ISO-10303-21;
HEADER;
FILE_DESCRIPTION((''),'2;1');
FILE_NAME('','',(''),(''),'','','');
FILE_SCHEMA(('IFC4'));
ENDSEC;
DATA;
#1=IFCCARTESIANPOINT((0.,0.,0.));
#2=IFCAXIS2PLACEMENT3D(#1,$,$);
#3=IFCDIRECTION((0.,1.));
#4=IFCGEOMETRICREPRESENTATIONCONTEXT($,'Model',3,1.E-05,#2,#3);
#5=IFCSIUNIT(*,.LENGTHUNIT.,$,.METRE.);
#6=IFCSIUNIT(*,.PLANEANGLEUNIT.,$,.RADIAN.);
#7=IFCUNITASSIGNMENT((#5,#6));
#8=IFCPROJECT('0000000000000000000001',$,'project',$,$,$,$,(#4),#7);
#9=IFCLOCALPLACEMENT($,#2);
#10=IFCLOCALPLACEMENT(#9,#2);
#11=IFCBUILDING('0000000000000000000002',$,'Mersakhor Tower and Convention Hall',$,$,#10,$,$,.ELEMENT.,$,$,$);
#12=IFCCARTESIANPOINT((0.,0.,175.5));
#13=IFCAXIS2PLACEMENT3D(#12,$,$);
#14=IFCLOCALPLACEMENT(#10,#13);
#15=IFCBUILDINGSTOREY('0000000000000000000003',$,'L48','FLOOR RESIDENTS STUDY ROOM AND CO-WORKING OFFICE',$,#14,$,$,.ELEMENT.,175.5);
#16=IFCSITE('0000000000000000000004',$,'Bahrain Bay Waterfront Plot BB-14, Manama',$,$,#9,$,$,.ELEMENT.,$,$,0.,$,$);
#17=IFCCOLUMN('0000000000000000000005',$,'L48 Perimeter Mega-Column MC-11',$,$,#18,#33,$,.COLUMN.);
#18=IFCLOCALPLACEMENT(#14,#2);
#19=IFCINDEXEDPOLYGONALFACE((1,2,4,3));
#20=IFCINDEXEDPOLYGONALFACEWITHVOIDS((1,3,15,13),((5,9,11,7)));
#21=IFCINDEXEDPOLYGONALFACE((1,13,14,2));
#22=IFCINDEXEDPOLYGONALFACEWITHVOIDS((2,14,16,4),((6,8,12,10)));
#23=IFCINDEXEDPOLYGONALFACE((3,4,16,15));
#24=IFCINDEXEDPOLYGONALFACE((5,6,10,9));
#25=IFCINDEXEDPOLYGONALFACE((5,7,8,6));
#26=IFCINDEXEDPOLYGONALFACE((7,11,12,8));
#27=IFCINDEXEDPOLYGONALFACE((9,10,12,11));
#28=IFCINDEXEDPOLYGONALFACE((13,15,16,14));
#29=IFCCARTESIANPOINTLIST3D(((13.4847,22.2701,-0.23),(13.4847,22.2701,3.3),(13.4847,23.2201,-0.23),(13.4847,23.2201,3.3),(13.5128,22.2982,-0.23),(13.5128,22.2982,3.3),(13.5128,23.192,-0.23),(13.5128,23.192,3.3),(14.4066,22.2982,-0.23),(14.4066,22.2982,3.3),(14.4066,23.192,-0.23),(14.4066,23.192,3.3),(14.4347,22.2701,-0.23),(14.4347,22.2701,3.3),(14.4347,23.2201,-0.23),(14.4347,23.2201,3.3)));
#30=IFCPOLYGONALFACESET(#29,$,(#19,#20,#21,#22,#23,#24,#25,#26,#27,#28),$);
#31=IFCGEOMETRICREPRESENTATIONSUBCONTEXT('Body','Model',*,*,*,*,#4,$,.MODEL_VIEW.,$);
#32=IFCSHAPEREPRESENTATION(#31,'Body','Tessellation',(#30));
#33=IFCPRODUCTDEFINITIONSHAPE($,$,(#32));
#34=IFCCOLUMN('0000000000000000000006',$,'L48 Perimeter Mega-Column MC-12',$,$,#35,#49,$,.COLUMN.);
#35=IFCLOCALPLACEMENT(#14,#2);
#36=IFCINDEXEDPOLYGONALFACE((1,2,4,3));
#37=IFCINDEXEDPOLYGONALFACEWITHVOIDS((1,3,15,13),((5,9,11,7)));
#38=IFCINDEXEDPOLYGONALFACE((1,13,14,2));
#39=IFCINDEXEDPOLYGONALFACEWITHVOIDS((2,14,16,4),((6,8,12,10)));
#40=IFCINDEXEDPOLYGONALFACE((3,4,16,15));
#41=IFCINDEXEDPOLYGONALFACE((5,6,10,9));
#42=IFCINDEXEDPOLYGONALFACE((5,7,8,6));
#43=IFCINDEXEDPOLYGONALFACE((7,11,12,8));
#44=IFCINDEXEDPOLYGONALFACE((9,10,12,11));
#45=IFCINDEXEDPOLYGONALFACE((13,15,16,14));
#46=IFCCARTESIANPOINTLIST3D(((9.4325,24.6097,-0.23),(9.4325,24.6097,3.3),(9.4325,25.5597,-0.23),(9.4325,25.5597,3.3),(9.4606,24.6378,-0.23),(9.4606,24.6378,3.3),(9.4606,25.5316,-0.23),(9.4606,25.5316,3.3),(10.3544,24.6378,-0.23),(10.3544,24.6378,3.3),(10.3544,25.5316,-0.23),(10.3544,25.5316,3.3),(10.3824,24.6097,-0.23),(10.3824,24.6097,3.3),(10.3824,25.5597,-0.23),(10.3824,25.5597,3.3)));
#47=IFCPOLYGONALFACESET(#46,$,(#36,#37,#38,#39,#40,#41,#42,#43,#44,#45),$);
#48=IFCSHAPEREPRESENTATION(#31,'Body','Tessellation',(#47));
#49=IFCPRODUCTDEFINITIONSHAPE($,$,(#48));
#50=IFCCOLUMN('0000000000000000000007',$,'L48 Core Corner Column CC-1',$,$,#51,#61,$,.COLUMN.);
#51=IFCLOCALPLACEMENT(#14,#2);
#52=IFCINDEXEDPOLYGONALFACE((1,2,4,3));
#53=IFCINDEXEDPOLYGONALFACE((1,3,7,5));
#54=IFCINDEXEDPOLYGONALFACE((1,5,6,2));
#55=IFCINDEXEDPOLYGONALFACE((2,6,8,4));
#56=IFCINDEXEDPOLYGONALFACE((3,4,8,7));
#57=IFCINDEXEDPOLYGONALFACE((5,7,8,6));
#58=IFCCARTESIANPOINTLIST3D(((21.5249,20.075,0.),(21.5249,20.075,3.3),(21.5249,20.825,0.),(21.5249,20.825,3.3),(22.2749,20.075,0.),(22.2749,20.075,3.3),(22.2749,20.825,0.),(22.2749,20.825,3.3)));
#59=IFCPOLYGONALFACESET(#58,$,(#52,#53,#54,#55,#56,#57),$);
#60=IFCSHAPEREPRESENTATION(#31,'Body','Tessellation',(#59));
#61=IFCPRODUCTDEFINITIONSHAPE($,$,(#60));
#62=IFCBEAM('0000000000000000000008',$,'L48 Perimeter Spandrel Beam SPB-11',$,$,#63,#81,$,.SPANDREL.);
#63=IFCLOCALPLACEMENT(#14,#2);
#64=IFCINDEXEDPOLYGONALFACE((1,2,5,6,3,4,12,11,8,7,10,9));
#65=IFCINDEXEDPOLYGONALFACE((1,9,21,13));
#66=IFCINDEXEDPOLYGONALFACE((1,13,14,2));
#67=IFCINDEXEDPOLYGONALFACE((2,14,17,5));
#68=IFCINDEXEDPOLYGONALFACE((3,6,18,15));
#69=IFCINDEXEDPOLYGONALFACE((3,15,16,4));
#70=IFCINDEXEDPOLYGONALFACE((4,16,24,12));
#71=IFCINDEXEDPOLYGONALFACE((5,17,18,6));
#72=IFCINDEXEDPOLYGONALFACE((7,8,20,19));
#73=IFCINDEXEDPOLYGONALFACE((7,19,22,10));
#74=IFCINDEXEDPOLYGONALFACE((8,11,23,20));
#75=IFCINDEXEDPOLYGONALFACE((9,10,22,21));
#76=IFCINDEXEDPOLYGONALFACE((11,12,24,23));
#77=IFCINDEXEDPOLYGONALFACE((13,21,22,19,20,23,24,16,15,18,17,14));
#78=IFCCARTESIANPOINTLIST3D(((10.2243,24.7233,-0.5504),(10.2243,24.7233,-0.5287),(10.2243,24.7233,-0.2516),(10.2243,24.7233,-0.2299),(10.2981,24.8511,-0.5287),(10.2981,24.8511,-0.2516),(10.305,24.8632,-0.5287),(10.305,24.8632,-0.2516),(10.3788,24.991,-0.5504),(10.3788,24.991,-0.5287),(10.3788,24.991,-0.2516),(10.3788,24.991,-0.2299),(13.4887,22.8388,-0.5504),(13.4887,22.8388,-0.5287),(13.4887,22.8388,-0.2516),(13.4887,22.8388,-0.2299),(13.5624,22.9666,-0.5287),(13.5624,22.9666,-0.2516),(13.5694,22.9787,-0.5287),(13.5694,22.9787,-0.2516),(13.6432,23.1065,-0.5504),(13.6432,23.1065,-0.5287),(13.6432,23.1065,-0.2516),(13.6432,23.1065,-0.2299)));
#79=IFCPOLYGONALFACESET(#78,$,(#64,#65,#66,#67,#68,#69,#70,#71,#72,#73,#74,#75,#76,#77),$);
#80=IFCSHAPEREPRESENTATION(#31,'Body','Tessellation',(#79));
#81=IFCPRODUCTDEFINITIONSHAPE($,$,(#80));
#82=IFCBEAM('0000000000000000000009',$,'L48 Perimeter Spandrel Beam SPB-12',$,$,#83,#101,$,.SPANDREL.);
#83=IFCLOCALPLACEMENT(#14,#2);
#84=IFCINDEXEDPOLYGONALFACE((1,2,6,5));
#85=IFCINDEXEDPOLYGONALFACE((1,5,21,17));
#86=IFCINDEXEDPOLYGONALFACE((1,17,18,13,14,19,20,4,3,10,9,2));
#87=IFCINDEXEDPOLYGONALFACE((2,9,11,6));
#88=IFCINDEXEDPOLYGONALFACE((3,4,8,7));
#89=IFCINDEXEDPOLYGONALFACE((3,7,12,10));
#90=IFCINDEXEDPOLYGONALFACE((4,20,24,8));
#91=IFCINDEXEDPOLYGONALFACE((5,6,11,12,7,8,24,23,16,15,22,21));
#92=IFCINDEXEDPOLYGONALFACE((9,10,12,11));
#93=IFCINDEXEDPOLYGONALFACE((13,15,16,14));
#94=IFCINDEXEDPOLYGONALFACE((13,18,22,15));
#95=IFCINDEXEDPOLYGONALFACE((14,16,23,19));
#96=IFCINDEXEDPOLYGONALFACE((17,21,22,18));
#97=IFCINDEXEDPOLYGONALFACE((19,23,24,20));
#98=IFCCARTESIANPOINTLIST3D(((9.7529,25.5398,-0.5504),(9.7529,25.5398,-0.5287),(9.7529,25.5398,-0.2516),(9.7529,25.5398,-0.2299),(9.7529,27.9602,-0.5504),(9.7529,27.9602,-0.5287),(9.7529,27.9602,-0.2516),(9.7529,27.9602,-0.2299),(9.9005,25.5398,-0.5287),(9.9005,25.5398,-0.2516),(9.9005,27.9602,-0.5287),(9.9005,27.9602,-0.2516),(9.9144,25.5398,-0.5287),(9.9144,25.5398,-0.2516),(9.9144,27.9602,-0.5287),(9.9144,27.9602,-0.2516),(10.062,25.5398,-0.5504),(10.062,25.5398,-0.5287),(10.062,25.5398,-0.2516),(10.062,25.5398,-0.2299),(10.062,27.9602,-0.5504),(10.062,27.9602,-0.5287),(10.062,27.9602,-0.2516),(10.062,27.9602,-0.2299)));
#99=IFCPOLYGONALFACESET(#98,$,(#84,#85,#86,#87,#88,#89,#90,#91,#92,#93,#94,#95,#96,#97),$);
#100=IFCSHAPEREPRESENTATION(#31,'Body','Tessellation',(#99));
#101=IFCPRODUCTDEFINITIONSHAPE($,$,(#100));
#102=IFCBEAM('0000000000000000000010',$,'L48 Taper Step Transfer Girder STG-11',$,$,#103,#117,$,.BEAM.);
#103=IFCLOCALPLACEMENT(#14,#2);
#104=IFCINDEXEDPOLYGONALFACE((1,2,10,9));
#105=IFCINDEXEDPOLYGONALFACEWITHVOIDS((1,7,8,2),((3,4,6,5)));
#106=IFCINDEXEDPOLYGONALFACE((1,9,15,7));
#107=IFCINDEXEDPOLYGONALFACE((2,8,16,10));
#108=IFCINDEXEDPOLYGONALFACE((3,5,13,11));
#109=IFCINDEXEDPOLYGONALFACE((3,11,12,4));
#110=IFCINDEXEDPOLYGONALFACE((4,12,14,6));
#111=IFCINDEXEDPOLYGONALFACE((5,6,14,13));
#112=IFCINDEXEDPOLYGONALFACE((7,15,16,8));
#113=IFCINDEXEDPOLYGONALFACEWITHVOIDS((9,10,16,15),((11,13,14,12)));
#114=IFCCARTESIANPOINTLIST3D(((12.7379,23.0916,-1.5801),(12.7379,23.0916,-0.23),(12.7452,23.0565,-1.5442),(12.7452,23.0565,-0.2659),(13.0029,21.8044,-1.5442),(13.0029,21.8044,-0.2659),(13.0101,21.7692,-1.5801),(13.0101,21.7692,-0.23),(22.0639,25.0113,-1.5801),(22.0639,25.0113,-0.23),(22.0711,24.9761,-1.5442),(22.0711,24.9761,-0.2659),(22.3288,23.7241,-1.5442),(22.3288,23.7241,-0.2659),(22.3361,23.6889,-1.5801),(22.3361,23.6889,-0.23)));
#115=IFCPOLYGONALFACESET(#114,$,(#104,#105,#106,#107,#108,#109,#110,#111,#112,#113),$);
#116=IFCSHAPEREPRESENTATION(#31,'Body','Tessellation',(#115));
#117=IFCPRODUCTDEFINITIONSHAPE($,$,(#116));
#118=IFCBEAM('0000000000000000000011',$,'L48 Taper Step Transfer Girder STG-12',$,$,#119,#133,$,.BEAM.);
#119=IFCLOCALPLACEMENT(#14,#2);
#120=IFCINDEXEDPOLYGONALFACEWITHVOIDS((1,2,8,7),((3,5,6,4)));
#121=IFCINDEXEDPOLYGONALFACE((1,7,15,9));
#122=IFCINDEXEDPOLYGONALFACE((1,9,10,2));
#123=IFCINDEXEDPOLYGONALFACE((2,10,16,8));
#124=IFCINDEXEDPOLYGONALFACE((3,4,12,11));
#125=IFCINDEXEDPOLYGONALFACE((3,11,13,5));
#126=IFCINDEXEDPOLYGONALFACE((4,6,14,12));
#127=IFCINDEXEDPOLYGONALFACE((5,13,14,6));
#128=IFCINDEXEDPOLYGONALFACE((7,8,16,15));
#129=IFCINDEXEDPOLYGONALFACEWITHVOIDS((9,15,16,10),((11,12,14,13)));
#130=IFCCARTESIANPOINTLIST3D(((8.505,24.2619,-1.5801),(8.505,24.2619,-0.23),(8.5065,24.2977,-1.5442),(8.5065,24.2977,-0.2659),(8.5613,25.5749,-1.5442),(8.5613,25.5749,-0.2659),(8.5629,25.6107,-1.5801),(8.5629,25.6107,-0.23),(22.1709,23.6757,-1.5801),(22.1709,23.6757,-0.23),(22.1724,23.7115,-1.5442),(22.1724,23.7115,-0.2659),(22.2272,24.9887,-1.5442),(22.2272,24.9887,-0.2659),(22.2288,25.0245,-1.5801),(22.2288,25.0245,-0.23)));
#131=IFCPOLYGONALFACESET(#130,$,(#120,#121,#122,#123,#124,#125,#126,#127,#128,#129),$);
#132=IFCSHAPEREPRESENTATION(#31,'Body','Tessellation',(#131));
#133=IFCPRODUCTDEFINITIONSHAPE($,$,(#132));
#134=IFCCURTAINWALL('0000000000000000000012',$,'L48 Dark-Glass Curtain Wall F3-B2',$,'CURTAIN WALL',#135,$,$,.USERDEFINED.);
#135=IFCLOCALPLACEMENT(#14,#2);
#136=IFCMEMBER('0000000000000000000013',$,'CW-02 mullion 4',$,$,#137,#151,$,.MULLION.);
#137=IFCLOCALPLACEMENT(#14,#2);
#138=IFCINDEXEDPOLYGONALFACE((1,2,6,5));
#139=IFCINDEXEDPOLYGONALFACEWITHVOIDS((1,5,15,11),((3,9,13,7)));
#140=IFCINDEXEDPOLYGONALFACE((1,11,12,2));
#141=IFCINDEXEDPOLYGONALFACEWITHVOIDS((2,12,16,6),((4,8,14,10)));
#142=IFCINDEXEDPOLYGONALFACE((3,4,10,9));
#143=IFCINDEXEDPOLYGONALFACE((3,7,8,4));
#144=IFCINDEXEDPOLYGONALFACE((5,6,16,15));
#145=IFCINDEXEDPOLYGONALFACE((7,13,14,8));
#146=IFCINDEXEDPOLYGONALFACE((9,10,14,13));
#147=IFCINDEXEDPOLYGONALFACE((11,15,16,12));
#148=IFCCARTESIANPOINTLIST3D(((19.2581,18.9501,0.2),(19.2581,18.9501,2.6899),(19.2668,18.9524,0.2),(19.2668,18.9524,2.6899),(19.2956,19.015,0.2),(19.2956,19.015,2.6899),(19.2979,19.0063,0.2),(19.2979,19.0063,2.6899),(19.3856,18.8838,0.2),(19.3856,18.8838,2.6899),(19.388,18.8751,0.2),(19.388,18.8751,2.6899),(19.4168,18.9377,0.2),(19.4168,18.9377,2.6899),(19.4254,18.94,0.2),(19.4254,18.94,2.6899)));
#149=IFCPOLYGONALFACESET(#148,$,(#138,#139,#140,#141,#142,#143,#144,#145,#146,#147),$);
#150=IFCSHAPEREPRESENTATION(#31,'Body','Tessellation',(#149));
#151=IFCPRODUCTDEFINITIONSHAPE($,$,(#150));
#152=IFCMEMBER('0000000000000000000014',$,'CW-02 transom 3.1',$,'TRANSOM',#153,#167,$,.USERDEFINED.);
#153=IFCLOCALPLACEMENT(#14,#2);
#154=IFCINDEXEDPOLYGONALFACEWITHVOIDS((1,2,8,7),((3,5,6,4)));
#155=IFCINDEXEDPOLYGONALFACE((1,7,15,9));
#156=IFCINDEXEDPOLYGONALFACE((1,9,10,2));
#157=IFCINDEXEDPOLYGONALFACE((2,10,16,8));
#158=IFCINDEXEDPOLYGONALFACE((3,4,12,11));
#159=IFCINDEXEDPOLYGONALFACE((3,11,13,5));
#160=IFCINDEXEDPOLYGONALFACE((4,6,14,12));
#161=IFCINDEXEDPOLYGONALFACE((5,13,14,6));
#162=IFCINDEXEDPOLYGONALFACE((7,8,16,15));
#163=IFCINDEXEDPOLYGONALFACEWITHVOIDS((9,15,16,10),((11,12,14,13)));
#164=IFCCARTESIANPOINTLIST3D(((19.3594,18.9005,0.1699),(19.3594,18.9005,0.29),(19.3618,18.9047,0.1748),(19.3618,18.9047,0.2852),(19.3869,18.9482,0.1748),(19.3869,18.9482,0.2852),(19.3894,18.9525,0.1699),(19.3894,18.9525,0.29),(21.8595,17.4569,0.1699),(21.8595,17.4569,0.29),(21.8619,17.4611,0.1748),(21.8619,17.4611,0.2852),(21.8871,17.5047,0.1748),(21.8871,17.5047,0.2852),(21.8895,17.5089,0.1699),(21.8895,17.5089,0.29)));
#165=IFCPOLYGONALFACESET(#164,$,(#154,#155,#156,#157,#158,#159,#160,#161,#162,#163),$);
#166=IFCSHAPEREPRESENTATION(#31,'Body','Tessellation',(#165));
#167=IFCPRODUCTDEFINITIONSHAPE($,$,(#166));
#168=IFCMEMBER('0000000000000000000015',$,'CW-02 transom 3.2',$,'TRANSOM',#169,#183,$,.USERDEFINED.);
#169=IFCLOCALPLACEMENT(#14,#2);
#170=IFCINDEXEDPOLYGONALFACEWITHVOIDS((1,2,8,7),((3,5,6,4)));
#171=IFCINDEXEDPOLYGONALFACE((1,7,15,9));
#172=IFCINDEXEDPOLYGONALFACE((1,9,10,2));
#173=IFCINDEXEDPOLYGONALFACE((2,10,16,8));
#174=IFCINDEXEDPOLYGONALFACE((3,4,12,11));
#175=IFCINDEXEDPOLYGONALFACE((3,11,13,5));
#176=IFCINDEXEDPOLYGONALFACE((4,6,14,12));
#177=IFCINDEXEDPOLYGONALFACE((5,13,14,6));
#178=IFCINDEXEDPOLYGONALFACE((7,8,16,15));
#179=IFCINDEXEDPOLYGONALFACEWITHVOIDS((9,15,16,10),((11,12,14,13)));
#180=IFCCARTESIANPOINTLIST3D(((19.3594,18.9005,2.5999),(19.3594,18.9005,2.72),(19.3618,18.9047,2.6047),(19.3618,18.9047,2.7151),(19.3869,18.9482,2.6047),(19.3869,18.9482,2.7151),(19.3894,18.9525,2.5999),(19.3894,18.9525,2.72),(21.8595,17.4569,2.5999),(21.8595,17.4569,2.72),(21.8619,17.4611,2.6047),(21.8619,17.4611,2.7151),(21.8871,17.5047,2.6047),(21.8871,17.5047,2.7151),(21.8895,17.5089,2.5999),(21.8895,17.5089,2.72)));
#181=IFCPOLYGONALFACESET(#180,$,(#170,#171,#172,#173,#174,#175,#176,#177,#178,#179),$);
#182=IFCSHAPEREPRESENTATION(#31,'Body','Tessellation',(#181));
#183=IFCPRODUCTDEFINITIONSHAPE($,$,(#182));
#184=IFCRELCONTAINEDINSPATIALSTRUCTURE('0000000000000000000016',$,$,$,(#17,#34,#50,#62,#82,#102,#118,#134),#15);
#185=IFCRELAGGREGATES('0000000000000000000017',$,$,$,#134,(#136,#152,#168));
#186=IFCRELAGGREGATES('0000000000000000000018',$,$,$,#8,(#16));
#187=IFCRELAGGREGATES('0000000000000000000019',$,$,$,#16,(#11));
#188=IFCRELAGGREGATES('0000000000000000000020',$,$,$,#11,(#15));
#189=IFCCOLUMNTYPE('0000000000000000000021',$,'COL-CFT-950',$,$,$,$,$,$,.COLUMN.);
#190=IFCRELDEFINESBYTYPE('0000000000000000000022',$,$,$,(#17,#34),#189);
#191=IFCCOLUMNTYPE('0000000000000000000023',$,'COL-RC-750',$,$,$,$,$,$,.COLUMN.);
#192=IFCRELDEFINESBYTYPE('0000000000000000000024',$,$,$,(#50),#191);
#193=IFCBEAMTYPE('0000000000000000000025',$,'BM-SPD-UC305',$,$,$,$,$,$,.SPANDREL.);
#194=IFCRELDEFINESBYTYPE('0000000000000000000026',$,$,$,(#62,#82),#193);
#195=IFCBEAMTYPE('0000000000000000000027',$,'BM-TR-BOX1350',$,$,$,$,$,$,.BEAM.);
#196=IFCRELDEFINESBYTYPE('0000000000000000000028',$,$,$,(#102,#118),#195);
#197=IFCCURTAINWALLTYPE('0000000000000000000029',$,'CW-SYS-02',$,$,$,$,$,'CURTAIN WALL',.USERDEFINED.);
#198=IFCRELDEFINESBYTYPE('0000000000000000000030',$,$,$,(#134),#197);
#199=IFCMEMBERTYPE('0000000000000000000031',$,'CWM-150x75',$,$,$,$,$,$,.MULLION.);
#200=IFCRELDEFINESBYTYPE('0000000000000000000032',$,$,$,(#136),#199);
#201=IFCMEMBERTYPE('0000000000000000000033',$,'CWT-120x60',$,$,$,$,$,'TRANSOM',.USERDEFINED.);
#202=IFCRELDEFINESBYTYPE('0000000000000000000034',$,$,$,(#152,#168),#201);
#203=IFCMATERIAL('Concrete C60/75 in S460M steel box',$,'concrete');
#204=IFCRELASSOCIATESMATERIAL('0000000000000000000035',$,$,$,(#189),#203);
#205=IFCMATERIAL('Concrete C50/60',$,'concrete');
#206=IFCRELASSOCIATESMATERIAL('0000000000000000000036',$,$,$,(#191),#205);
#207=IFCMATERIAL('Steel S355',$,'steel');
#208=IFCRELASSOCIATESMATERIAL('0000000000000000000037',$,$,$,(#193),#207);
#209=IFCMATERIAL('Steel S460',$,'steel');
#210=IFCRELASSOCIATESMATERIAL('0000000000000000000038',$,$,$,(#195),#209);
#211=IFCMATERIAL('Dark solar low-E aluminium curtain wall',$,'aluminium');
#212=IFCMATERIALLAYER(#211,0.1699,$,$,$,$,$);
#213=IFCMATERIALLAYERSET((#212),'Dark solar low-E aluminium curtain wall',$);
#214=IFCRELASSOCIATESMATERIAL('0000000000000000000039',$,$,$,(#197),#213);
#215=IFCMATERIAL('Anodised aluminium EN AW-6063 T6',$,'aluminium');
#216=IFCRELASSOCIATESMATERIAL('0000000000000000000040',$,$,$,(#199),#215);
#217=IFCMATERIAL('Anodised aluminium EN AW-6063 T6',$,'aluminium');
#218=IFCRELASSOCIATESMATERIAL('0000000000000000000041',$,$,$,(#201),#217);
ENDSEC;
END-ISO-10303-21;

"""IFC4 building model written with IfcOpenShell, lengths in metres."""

from ifc_helpers import new_model, si_unit, direction, frame, origin, origin_2d, place, context, subcontext, project, spatial, rectangle, hollow_rectangle, i_section, extrude, material, layer, layer_set, material_profile, profile_set, type_object, element, aggregate, save


model = new_model("IFC4")

# Units and contexts
model_context = context("Model", 3, precision=1e-05, world=origin(), true_north=direction((0.0, 1.0)))
body_context = subcontext(model_context, "Body", "Model", "MODEL_VIEW")
ifc_project = project(units=[si_unit("LENGTHUNIT", "METRE"), si_unit("PLANEANGLEUNIT", "RADIAN")], contexts=[model_context])

# Site, building, storey
site_placement = place(None, origin())
site = spatial("IfcSite", under=ifc_project, at=site_placement, Name="Bahrain Bay Waterfront Plot BB-14, Manama", CompositionType="ELEMENT", RefElevation=0.0)
building_placement = place(site_placement, origin())
building = spatial("IfcBuilding", under=site, at=building_placement, Name="Mersakhor Tower and Convention Hall", CompositionType="ELEMENT")
storey_placement = place(building_placement, frame((0.0, 0.0, 175.5)))
storey = spatial("IfcBuildingStorey", under=building, at=storey_placement, Name="L48", Description="FLOOR RESIDENTS STUDY ROOM AND CO-WORKING OFFICE", CompositionType="ELEMENT", Elevation=175.5)

# Columns
ifc_material_1 = material(Name="Concrete C60/75 in S460M steel box", Category="concrete")
ifc_material_profile_1 = material_profile(ifc_material_1, hollow_rectangle(XDim=0.95, YDim=0.95, WallThickness=0.0281, at=origin_2d()), Name="SHS 950x950x28")
ifc_profile_set_1 = profile_set([ifc_material_profile_1], Name="Concrete C60/75 in S460M steel box")
column_type_1 = type_object("IfcColumnType", Name="COL-CFT-950", PredefinedType="COLUMN", material=ifc_profile_set_1)
for number, where, z_axis, x_axis, name in (
    (1, (13.9597, 22.7451, -0.23), (0.0, 0.0, 1.0), (1.0, 0.0, 0.0), "L48 Perimeter Mega-Column MC-11"),
    (2, (9.9075, 25.0847, -0.23), (0.0, 0.0, 1.0), (1.0, 0.0, 0.0), "L48 Perimeter Mega-Column MC-12"),
):
    element("IfcColumn", number, at=place(storey_placement, frame(where, z_axis=z_axis, x_axis=x_axis)), inside=storey, type_object=column_type_1, Name=name, PredefinedType="COLUMN", context=body_context, shape_type="SweptSolid", body=[
        extrude(hollow_rectangle(XDim=0.95, YDim=0.95, WallThickness=0.0281, at=origin_2d()), origin(), (0.0, 0.0, 1.0), 3.53),
    ])
ifc_material_2 = material(Name="Concrete C50/60", Category="concrete")
ifc_material_profile_2 = material_profile(ifc_material_2, rectangle(XDim=0.75, YDim=0.75, at=origin_2d()), Name="RC 750x750")
ifc_profile_set_2 = profile_set([ifc_material_profile_2], Name="Concrete C50/60")
column_type_2 = type_object("IfcColumnType", Name="COL-RC-750", PredefinedType="COLUMN", material=ifc_profile_set_2)
column_placement = place(storey_placement, frame((21.8999, 20.45, 0.0), z_axis=(0.0, 0.0, 1.0), x_axis=(1.0, 0.0, 0.0)))
element("IfcColumn", 3, at=column_placement, inside=storey, type_object=column_type_2, Name="L48 Core Corner Column CC-1", PredefinedType="COLUMN", context=body_context, shape_type="SweptSolid", body=[
    extrude(rectangle(XDim=0.75, YDim=0.75, at=origin_2d()), origin(), (0.0, 0.0, 1.0), 3.3),
])

# Beams
ifc_material_3 = material(Name="Steel S355", Category="steel")
ifc_material_profile_3 = material_profile(ifc_material_3, i_section(OverallWidth=0.3091, OverallDepth=0.3206, WebThickness=0.0139, FlangeThickness=0.0217, at=origin_2d()), Name="UC 305x305x137")
ifc_profile_set_3 = profile_set([ifc_material_profile_3], Name="Steel S355")
beam_type_1 = type_object("IfcBeamType", Name="BM-SPD-UC305", PredefinedType="SPANDREL", material=ifc_profile_set_3)
beam_1_placement = place(storey_placement, frame((13.5659, 22.9727, -0.3901), z_axis=(-0.866046, 0.499964, 0.0), x_axis=(-0.499964, -0.866046, 0.0)))
element("IfcBeam", 4, at=beam_1_placement, inside=storey, type_object=beam_type_1, Name="L48 Perimeter Spandrel Beam SPB-11", PredefinedType="SPANDREL", context=body_context, shape_type="SweptSolid", body=[
    extrude(i_section(OverallWidth=0.3091, OverallDepth=0.3206, WebThickness=0.0139, FlangeThickness=0.0217, at=origin_2d()), origin(), (0.0, 0.0, 1.0), 3.7693),
])
beam_2_placement = place(storey_placement, frame((9.9075, 25.5398, -0.3901), z_axis=(0.0, 1.0, 0.0), x_axis=(-1.0, 0.0, 0.0)))
element("IfcBeam", 5, at=beam_2_placement, inside=storey, type_object=beam_type_1, Name="L48 Perimeter Spandrel Beam SPB-12", PredefinedType="SPANDREL", context=body_context, shape_type="SweptSolid", body=[
    extrude(i_section(OverallWidth=0.3091, OverallDepth=0.3206, WebThickness=0.0139, FlangeThickness=0.0217, at=origin_2d()), origin(), (0.0, 0.0, 1.0), 2.4204),
])
ifc_material_4 = material(Name="Steel S460", Category="steel")
ifc_material_profile_4 = material_profile(ifc_material_4, hollow_rectangle(XDim=1.3501, YDim=1.3501, WallThickness=0.0359, at=origin_2d()), Name="SHS 1350x1350x36")
ifc_profile_set_4 = profile_set([ifc_material_profile_4], Name="Steel S460")
beam_type_2 = type_object("IfcBeamType", Name="BM-TR-BOX1350", PredefinedType="BEAM", material=ifc_profile_set_4)
beam_3_placement = place(storey_placement, frame((12.874, 22.4304, -0.905), z_axis=(0.979465, 0.201616, 0.0), x_axis=(-0.201616, 0.979465, 0.0)))
element("IfcBeam", 6, at=beam_3_placement, inside=storey, type_object=beam_type_2, Name="L48 Taper Step Transfer Girder STG-11", PredefinedType="BEAM", context=body_context, shape_type="SweptSolid", body=[
    extrude(hollow_rectangle(XDim=1.3501, YDim=1.3501, WallThickness=0.0359, at=origin_2d()), origin(), (0.0, 0.0, 1.0), 9.5215),
])
beam_4_placement = place(storey_placement, frame((8.5339, 24.9363, -0.905), z_axis=(0.999081, -0.042854, 0.0), x_axis=(0.042854, 0.999081, 0.0)))
element("IfcBeam", 7, at=beam_4_placement, inside=storey, type_object=beam_type_2, Name="L48 Taper Step Transfer Girder STG-12", PredefinedType="BEAM", context=body_context, shape_type="SweptSolid", body=[
    extrude(hollow_rectangle(XDim=1.3501, YDim=1.3501, WallThickness=0.0359, at=origin_2d()), origin(), (0.0, 0.0, 1.0), 13.6785),
])

# Curtain wall, members
ifc_material_5 = material(Name="Dark solar low-E aluminium curtain wall", Category="aluminium")
ifc_layer_1 = layer(ifc_material_5, 0.1699)
ifc_layer_set_1 = layer_set([ifc_layer_1], Name="Dark solar low-E aluminium curtain wall")
curtain_wall_type = type_object("IfcCurtainWallType", Name="CW-SYS-02", ElementType="CURTAIN WALL", PredefinedType="USERDEFINED", material=ifc_layer_set_1)
curtain_wall_placement = place(storey_placement, origin())
curtain_wall = element("IfcCurtainWall", 8, at=curtain_wall_placement, inside=storey, type_object=curtain_wall_type, Name="L48 Dark-Glass Curtain Wall F3-B2", ObjectType="CURTAIN WALL", PredefinedType="USERDEFINED")
ifc_material_6 = material(Name="Anodised aluminium EN AW-6063 T6", Category="aluminium")
ifc_material_profile_5 = material_profile(ifc_material_6, hollow_rectangle(XDim=0.075, YDim=0.1499, WallThickness=0.0063, at=origin_2d()), Name="RHS 150x75x6.3")
ifc_profile_set_5 = profile_set([ifc_material_profile_5], Name="Anodised aluminium EN AW-6063 T6")
member_type_1 = type_object("IfcMemberType", Name="CWM-150x75", PredefinedType="MULLION", material=ifc_profile_set_5)
member_1_placement = place(storey_placement, frame((19.3418, 18.9451, 0.2), z_axis=(0.0, 0.0, 1.0), x_axis=(-0.500008, -0.866021, 0.0)))
member_1 = element("IfcMember", 9, at=member_1_placement, type_object=member_type_1, Name="CW-02 mullion 4", PredefinedType="MULLION", context=body_context, shape_type="SweptSolid", body=[
    extrude(hollow_rectangle(XDim=0.075, YDim=0.1499, WallThickness=0.0063, at=origin_2d()), origin(), (0.0, 0.0, 1.0), 2.49),
])
ifc_material_7 = material(Name="Anodised aluminium EN AW-6063 T6", Category="aluminium")
ifc_material_profile_6 = material_profile(ifc_material_7, hollow_rectangle(XDim=0.0601, YDim=0.1201, WallThickness=0.0049, at=origin_2d()), Name="RHS 120x60x5")
ifc_profile_set_6 = profile_set([ifc_material_profile_6], Name="Anodised aluminium EN AW-6063 T6")
member_type_2 = type_object("IfcMemberType", Name="CWT-120x60", ElementType="TRANSOM", PredefinedType="USERDEFINED", material=ifc_profile_set_6)
member_2_placement = place(storey_placement, frame((21.8745, 17.4829, 0.23), z_axis=(-0.866012, 0.500023, 0.0), x_axis=(-0.500023, -0.866012, 0.0)))
member_2 = element("IfcMember", 10, at=member_2_placement, type_object=member_type_2, Name="CW-02 transom 3.1", ObjectType="TRANSOM", PredefinedType="USERDEFINED", context=body_context, shape_type="SweptSolid", body=[
    extrude(hollow_rectangle(XDim=0.0601, YDim=0.1201, WallThickness=0.0049, at=origin_2d()), origin(), (0.0, 0.0, 1.0), 2.887),
])
member_3_placement = place(storey_placement, frame((21.8745, 17.4829, 2.6599), z_axis=(-0.866012, 0.500023, 0.0), x_axis=(-0.500023, -0.866012, 0.0)))
member_3 = element("IfcMember", 11, at=member_3_placement, type_object=member_type_2, Name="CW-02 transom 3.2", ObjectType="TRANSOM", PredefinedType="USERDEFINED", context=body_context, shape_type="SweptSolid", body=[
    extrude(hollow_rectangle(XDim=0.0601, YDim=0.1201, WallThickness=0.0049, at=origin_2d()), origin(), (0.0, 0.0, 1.0), 2.887),
])

aggregate(curtain_wall, [member_1, member_2, member_3])

save(model, "model.ifc")
